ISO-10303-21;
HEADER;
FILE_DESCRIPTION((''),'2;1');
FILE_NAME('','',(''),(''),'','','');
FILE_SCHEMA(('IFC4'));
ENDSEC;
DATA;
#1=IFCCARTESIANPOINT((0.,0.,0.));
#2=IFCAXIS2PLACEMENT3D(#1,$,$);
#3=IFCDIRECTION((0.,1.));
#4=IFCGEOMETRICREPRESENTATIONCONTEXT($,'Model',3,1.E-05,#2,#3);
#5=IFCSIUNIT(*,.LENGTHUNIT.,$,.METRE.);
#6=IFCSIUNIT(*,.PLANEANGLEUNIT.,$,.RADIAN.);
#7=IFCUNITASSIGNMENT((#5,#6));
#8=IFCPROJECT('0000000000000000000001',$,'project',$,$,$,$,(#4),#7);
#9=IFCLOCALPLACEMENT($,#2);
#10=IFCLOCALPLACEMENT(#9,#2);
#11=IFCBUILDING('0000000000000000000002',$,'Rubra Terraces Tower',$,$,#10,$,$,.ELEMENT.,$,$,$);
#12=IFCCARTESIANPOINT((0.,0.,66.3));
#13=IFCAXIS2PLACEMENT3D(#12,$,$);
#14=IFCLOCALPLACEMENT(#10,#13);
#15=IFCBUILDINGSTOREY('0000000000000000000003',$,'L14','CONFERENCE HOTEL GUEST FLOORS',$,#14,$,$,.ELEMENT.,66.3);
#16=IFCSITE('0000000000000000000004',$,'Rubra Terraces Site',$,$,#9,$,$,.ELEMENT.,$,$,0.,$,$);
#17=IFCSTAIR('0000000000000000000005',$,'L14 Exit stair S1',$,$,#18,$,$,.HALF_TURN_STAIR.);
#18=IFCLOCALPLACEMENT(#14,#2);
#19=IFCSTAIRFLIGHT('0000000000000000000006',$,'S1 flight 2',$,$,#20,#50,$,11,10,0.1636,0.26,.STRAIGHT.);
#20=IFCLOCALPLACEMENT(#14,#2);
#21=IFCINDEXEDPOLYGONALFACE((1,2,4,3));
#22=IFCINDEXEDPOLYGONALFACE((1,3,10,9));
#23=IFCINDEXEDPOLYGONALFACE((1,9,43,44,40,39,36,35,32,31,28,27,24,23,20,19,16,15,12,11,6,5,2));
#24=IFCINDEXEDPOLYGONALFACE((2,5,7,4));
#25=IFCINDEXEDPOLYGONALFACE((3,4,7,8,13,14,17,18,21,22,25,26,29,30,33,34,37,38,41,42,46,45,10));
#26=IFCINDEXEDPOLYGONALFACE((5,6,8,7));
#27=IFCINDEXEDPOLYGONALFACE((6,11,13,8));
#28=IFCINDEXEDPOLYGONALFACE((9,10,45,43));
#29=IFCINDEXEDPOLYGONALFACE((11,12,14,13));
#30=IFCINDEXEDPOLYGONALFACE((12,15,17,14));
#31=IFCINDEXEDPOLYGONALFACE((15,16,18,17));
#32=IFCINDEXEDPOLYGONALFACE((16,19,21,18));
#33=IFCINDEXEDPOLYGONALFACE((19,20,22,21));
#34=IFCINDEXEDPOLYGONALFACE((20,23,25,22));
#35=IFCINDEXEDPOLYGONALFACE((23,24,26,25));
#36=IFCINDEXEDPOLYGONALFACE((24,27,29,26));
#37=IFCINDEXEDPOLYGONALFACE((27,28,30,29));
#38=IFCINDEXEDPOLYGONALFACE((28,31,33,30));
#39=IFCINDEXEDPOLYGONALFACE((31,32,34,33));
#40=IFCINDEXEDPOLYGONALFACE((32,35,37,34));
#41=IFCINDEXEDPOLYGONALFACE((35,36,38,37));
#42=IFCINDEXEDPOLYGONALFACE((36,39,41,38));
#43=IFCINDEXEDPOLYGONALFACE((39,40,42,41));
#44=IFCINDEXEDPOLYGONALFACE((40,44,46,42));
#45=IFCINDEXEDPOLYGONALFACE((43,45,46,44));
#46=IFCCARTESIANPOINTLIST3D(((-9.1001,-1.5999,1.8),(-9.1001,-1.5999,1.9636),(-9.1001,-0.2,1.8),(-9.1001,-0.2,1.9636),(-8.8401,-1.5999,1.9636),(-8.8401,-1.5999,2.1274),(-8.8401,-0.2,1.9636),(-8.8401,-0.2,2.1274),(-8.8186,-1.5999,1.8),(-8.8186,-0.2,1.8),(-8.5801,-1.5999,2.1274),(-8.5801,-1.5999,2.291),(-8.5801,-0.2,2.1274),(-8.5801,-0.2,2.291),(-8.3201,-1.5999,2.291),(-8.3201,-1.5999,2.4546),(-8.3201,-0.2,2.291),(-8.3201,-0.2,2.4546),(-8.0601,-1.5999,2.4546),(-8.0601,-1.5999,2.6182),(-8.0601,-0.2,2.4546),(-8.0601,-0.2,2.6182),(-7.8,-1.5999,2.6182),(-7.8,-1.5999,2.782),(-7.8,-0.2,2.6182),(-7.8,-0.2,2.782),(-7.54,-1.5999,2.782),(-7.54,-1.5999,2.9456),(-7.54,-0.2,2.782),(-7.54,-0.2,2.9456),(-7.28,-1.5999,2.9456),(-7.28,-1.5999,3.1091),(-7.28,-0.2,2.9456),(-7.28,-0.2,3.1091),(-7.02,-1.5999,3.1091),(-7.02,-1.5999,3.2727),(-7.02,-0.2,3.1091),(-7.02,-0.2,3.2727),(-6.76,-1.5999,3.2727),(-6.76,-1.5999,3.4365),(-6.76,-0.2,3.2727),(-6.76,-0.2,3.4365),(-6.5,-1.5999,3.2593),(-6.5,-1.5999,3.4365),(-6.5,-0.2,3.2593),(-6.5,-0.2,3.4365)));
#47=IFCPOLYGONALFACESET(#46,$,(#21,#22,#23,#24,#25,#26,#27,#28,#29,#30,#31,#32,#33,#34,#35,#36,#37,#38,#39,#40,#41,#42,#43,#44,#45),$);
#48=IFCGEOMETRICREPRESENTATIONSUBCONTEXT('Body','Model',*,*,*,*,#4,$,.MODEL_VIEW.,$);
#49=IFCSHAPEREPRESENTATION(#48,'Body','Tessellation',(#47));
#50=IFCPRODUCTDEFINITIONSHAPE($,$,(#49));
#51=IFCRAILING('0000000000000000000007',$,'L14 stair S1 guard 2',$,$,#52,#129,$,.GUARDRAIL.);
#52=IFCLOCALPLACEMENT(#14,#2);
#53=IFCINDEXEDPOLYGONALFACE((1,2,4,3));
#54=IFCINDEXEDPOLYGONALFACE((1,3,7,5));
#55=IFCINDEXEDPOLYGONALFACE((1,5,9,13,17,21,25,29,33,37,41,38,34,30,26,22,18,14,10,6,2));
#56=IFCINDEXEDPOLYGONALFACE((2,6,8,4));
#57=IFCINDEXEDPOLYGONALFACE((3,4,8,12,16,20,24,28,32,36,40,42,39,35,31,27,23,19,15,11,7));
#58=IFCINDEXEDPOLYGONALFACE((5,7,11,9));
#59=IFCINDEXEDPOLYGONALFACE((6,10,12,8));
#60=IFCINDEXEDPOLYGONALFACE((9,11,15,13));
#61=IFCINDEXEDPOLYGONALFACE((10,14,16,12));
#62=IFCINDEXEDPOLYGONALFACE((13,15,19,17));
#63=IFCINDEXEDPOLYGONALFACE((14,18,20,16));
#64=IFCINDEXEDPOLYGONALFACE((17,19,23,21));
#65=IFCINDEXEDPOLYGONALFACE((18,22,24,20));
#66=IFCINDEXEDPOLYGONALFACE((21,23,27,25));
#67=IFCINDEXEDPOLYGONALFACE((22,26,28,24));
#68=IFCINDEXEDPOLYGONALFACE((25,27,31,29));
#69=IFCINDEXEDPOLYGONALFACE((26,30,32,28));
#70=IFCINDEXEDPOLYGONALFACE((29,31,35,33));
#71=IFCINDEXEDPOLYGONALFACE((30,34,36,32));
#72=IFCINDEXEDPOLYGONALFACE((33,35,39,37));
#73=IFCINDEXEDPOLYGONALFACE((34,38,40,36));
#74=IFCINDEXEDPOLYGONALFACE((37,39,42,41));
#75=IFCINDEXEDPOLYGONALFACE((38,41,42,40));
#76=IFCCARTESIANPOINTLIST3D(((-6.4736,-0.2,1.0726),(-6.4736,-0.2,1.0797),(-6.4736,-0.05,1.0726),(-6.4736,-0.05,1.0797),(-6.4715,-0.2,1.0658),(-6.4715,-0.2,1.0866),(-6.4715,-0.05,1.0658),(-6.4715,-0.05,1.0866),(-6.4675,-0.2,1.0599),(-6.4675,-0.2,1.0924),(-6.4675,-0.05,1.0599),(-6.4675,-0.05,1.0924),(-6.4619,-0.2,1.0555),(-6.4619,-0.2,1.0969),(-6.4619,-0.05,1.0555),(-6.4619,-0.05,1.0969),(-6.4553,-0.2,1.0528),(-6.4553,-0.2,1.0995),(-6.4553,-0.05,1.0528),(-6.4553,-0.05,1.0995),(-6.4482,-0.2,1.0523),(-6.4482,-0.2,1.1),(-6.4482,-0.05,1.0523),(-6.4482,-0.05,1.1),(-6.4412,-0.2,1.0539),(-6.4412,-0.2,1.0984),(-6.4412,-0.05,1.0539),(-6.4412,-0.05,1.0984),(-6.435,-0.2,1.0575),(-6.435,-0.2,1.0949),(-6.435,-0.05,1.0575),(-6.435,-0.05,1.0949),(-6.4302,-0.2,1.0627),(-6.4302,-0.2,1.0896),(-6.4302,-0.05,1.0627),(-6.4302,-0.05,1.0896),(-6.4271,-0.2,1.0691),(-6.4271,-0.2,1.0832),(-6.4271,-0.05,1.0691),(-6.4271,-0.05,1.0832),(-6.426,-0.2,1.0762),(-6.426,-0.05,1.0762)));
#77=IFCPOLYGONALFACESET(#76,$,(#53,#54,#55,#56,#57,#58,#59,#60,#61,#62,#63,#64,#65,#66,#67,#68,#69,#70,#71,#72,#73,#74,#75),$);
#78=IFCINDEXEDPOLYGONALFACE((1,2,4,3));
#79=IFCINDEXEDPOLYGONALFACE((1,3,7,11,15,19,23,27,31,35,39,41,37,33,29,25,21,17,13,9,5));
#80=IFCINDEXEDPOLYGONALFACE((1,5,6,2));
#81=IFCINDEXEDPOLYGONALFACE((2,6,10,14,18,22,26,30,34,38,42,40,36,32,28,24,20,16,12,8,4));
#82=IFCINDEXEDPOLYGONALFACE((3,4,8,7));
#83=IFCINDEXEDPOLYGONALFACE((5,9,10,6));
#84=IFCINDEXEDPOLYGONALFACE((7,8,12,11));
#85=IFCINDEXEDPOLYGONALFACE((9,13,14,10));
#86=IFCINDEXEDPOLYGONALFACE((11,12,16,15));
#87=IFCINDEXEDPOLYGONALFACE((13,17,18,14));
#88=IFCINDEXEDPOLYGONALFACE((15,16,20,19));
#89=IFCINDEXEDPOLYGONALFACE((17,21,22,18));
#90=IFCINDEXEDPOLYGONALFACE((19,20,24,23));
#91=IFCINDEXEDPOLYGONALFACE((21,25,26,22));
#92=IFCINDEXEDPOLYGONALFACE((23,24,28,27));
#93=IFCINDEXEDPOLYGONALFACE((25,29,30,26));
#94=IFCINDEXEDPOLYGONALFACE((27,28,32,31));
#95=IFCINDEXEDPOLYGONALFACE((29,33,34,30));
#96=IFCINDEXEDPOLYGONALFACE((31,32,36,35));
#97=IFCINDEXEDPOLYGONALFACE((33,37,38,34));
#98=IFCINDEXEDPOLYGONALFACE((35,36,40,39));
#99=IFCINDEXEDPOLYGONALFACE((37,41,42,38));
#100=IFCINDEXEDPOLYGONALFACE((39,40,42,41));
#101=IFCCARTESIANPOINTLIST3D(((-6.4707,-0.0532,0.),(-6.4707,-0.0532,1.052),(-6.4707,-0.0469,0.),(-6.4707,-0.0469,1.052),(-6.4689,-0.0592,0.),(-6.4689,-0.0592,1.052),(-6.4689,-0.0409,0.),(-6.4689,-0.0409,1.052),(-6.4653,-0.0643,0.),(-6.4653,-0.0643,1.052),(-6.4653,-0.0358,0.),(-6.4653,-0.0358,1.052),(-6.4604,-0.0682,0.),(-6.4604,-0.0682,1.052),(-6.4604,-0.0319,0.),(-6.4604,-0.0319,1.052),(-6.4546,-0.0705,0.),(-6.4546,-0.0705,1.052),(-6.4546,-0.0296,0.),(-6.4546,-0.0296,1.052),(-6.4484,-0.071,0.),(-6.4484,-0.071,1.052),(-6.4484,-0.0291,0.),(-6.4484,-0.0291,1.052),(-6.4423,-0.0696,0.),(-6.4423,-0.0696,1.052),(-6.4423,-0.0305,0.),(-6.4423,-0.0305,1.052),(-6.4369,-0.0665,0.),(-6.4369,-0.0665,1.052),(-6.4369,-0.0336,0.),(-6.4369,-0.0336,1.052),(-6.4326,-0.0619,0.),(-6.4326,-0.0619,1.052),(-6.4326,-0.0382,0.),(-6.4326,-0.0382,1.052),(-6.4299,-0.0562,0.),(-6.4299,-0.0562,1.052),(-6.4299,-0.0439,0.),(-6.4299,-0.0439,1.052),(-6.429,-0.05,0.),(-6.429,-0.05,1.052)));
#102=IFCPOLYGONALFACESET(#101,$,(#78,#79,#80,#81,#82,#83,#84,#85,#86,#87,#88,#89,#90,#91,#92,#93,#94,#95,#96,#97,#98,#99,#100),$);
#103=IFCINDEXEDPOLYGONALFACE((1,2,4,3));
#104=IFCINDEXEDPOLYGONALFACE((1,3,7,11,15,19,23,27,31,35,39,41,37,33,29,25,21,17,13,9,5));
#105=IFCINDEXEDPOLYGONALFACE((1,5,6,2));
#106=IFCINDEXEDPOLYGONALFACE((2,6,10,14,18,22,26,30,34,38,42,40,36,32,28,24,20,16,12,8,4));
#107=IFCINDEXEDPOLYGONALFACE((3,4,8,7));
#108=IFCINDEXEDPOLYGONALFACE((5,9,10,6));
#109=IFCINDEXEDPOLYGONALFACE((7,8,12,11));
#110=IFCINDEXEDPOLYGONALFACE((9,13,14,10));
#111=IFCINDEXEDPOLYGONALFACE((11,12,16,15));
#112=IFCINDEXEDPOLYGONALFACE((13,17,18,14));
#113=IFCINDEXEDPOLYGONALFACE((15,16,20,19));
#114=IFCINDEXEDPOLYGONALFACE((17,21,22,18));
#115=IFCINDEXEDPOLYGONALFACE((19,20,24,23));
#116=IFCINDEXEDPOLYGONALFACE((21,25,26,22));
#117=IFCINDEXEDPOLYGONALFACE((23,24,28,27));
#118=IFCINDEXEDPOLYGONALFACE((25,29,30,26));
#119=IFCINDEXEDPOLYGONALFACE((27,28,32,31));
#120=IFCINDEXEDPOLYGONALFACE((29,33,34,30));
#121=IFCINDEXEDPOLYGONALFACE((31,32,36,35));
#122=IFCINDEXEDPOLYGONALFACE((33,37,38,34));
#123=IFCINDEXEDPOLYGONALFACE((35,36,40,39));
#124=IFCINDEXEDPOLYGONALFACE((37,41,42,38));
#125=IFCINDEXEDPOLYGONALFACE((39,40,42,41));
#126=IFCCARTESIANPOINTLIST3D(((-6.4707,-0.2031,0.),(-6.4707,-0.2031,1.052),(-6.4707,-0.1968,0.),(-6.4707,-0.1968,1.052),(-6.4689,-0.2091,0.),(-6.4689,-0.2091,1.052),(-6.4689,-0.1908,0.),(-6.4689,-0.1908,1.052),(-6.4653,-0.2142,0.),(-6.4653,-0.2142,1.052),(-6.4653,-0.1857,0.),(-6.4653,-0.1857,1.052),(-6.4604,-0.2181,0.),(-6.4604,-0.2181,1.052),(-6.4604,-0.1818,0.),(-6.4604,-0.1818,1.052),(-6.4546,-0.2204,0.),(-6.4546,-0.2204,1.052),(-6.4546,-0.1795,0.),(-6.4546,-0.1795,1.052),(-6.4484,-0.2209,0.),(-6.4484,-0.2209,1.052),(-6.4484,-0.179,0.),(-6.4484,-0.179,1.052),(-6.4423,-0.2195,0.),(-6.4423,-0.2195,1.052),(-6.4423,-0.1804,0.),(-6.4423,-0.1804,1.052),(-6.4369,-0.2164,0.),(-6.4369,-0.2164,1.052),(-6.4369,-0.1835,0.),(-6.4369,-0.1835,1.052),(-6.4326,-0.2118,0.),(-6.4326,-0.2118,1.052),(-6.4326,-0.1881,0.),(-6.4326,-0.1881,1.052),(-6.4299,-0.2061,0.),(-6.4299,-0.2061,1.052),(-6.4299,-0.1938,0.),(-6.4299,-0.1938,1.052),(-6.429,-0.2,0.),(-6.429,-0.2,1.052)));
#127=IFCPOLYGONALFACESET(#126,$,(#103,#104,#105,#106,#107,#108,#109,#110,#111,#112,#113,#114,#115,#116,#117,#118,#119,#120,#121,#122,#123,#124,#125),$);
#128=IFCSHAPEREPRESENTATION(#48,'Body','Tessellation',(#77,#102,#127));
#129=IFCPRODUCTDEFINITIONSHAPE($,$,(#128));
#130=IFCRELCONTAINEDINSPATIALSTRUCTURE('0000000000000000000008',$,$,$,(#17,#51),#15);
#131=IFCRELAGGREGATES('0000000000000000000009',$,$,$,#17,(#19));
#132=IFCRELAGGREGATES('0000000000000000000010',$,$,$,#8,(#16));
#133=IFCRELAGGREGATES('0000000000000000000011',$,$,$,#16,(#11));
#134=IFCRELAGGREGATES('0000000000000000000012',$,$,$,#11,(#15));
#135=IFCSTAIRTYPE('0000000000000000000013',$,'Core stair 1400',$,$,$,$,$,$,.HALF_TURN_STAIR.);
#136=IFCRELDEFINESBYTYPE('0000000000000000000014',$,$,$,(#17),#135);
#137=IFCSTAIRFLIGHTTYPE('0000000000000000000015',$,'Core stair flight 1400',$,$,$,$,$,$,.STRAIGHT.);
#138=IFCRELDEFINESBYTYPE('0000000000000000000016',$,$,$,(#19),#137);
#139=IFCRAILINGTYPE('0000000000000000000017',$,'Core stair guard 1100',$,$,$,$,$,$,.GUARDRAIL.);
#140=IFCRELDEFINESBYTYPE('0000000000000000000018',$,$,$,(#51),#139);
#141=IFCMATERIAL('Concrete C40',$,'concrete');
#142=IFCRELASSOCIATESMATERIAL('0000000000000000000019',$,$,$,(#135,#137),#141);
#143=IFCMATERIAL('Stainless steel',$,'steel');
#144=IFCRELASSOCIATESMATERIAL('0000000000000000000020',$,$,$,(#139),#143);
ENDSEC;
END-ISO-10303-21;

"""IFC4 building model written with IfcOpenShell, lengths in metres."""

from ifc_helpers import new_model, si_unit, direction, frame, origin, origin_2d, place, context, subcontext, project, spatial, polyline, circle, outline, extrude, material, type_object, element, aggregate, save


model = new_model("IFC4")

# Units and contexts
model_context = context("Model", 3, precision=1e-05, world=origin(), true_north=direction((0.0, 1.0)))
body_context = subcontext(model_context, "Body", "Model", "MODEL_VIEW")
ifc_project = project(units=[si_unit("LENGTHUNIT", "METRE"), si_unit("PLANEANGLEUNIT", "RADIAN")], contexts=[model_context])

# Site, building, storey
site_placement = place(None, origin())
site = spatial("IfcSite", under=ifc_project, at=site_placement, Name="Rubra Terraces Site", CompositionType="ELEMENT", RefElevation=0.0)
building_placement = place(site_placement, origin())
building = spatial("IfcBuilding", under=site, at=building_placement, Name="Rubra Terraces Tower", CompositionType="ELEMENT")
storey_placement = place(building_placement, frame((0.0, 0.0, 66.3)))
storey = spatial("IfcBuildingStorey", under=building, at=storey_placement, Name="L14", Description="CONFERENCE HOTEL GUEST FLOORS", CompositionType="ELEMENT", Elevation=66.3)

# Shared definitions
ifc_material_1 = material(Name="Concrete C40", Category="concrete")

# Stair
stair_type = type_object("IfcStairType", Name="Core stair 1400", PredefinedType="HALF_TURN_STAIR", material=ifc_material_1)
stair_1_placement = place(storey_placement, origin())
stair_1 = element("IfcStair", 1, at=stair_1_placement, inside=storey, type_object=stair_type, Name="L14 Exit stair S1", PredefinedType="HALF_TURN_STAIR")

# Stair flight
stair_flight_type = type_object("IfcStairFlightType", Name="Core stair flight 1400", PredefinedType="STRAIGHT", material=ifc_material_1)
stair_flight_placement = place(storey_placement, frame((-9.1001, -0.8999, 1.8), z_axis=(0.0, 0.0, 1.0), x_axis=(1.0, 0.0, 0.0)))
stair_flight = element("IfcStairFlight", 2, at=stair_flight_placement, type_object=stair_flight_type, Name="S1 flight 2", NumberOfRisers=11, NumberOfTreads=10, PredefinedType="STRAIGHT", RiserHeight=0.1636, TreadLength=0.26, context=body_context, shape_type="SweptSolid", body=[
    extrude(outline(polyline([(0.0, 0.0), (0.0, 0.1636), (0.26, 0.1636), (0.26, 0.3274), (0.52, 0.3274), (0.52, 0.491), (0.78, 0.491), (0.78, 0.6545), (1.04, 0.6545), (1.04, 0.8181), (1.3, 0.8181), (1.3, 0.9819), (1.5601, 0.9819), (1.5601, 1.1455), (1.8201, 1.1455), (1.8201, 1.3091), (2.0801, 1.3091), (2.0801, 1.4727), (2.3401, 1.4727), (2.3401, 1.6365), (2.6001, 1.6365), (2.6001, 1.8), (2.6001, 1.4592), (0.2815, 0.0), (0.0, 0.0)])), frame((0.0, 0.7, 0.0), z_axis=(0.0, -1.0, 0.0), x_axis=(1.0, 0.0, 0.0)), (0.0, 0.0, 1.0), 1.3999),
])
aggregate(stair_1, [stair_flight])

# Railing
ifc_material_2 = material(Name="Stainless steel", Category="steel")
railing_type = type_object("IfcRailingType", Name="Core stair guard 1100", PredefinedType="GUARDRAIL", material=ifc_material_2)
railing_1_placement = place(storey_placement, frame((-6.45, -0.05, 0.0)))
element("IfcRailing", 3, at=railing_1_placement, inside=storey, type_object=railing_type, Name="L14 stair S1 guard 2", PredefinedType="GUARDRAIL", context=body_context, shape_type="SweptSolid", body=[
    extrude(circle(Radius=0.0239, at=origin_2d()), frame((0.0, 0.0, 1.0762), z_axis=(0.0, -1.0, 0.0), x_axis=(1.0, 0.0, 0.0)), (0.0, 0.0, 1.0), 0.1499),
    extrude(circle(Radius=0.021, at=origin_2d()), origin(), (0.0, 0.0, 1.0), 1.052),
    extrude(circle(Radius=0.021, at=origin_2d()), frame((0.0, -0.1499, 0.0)), (0.0, 0.0, 1.0), 1.052),
])

save(model, "model.ifc")
